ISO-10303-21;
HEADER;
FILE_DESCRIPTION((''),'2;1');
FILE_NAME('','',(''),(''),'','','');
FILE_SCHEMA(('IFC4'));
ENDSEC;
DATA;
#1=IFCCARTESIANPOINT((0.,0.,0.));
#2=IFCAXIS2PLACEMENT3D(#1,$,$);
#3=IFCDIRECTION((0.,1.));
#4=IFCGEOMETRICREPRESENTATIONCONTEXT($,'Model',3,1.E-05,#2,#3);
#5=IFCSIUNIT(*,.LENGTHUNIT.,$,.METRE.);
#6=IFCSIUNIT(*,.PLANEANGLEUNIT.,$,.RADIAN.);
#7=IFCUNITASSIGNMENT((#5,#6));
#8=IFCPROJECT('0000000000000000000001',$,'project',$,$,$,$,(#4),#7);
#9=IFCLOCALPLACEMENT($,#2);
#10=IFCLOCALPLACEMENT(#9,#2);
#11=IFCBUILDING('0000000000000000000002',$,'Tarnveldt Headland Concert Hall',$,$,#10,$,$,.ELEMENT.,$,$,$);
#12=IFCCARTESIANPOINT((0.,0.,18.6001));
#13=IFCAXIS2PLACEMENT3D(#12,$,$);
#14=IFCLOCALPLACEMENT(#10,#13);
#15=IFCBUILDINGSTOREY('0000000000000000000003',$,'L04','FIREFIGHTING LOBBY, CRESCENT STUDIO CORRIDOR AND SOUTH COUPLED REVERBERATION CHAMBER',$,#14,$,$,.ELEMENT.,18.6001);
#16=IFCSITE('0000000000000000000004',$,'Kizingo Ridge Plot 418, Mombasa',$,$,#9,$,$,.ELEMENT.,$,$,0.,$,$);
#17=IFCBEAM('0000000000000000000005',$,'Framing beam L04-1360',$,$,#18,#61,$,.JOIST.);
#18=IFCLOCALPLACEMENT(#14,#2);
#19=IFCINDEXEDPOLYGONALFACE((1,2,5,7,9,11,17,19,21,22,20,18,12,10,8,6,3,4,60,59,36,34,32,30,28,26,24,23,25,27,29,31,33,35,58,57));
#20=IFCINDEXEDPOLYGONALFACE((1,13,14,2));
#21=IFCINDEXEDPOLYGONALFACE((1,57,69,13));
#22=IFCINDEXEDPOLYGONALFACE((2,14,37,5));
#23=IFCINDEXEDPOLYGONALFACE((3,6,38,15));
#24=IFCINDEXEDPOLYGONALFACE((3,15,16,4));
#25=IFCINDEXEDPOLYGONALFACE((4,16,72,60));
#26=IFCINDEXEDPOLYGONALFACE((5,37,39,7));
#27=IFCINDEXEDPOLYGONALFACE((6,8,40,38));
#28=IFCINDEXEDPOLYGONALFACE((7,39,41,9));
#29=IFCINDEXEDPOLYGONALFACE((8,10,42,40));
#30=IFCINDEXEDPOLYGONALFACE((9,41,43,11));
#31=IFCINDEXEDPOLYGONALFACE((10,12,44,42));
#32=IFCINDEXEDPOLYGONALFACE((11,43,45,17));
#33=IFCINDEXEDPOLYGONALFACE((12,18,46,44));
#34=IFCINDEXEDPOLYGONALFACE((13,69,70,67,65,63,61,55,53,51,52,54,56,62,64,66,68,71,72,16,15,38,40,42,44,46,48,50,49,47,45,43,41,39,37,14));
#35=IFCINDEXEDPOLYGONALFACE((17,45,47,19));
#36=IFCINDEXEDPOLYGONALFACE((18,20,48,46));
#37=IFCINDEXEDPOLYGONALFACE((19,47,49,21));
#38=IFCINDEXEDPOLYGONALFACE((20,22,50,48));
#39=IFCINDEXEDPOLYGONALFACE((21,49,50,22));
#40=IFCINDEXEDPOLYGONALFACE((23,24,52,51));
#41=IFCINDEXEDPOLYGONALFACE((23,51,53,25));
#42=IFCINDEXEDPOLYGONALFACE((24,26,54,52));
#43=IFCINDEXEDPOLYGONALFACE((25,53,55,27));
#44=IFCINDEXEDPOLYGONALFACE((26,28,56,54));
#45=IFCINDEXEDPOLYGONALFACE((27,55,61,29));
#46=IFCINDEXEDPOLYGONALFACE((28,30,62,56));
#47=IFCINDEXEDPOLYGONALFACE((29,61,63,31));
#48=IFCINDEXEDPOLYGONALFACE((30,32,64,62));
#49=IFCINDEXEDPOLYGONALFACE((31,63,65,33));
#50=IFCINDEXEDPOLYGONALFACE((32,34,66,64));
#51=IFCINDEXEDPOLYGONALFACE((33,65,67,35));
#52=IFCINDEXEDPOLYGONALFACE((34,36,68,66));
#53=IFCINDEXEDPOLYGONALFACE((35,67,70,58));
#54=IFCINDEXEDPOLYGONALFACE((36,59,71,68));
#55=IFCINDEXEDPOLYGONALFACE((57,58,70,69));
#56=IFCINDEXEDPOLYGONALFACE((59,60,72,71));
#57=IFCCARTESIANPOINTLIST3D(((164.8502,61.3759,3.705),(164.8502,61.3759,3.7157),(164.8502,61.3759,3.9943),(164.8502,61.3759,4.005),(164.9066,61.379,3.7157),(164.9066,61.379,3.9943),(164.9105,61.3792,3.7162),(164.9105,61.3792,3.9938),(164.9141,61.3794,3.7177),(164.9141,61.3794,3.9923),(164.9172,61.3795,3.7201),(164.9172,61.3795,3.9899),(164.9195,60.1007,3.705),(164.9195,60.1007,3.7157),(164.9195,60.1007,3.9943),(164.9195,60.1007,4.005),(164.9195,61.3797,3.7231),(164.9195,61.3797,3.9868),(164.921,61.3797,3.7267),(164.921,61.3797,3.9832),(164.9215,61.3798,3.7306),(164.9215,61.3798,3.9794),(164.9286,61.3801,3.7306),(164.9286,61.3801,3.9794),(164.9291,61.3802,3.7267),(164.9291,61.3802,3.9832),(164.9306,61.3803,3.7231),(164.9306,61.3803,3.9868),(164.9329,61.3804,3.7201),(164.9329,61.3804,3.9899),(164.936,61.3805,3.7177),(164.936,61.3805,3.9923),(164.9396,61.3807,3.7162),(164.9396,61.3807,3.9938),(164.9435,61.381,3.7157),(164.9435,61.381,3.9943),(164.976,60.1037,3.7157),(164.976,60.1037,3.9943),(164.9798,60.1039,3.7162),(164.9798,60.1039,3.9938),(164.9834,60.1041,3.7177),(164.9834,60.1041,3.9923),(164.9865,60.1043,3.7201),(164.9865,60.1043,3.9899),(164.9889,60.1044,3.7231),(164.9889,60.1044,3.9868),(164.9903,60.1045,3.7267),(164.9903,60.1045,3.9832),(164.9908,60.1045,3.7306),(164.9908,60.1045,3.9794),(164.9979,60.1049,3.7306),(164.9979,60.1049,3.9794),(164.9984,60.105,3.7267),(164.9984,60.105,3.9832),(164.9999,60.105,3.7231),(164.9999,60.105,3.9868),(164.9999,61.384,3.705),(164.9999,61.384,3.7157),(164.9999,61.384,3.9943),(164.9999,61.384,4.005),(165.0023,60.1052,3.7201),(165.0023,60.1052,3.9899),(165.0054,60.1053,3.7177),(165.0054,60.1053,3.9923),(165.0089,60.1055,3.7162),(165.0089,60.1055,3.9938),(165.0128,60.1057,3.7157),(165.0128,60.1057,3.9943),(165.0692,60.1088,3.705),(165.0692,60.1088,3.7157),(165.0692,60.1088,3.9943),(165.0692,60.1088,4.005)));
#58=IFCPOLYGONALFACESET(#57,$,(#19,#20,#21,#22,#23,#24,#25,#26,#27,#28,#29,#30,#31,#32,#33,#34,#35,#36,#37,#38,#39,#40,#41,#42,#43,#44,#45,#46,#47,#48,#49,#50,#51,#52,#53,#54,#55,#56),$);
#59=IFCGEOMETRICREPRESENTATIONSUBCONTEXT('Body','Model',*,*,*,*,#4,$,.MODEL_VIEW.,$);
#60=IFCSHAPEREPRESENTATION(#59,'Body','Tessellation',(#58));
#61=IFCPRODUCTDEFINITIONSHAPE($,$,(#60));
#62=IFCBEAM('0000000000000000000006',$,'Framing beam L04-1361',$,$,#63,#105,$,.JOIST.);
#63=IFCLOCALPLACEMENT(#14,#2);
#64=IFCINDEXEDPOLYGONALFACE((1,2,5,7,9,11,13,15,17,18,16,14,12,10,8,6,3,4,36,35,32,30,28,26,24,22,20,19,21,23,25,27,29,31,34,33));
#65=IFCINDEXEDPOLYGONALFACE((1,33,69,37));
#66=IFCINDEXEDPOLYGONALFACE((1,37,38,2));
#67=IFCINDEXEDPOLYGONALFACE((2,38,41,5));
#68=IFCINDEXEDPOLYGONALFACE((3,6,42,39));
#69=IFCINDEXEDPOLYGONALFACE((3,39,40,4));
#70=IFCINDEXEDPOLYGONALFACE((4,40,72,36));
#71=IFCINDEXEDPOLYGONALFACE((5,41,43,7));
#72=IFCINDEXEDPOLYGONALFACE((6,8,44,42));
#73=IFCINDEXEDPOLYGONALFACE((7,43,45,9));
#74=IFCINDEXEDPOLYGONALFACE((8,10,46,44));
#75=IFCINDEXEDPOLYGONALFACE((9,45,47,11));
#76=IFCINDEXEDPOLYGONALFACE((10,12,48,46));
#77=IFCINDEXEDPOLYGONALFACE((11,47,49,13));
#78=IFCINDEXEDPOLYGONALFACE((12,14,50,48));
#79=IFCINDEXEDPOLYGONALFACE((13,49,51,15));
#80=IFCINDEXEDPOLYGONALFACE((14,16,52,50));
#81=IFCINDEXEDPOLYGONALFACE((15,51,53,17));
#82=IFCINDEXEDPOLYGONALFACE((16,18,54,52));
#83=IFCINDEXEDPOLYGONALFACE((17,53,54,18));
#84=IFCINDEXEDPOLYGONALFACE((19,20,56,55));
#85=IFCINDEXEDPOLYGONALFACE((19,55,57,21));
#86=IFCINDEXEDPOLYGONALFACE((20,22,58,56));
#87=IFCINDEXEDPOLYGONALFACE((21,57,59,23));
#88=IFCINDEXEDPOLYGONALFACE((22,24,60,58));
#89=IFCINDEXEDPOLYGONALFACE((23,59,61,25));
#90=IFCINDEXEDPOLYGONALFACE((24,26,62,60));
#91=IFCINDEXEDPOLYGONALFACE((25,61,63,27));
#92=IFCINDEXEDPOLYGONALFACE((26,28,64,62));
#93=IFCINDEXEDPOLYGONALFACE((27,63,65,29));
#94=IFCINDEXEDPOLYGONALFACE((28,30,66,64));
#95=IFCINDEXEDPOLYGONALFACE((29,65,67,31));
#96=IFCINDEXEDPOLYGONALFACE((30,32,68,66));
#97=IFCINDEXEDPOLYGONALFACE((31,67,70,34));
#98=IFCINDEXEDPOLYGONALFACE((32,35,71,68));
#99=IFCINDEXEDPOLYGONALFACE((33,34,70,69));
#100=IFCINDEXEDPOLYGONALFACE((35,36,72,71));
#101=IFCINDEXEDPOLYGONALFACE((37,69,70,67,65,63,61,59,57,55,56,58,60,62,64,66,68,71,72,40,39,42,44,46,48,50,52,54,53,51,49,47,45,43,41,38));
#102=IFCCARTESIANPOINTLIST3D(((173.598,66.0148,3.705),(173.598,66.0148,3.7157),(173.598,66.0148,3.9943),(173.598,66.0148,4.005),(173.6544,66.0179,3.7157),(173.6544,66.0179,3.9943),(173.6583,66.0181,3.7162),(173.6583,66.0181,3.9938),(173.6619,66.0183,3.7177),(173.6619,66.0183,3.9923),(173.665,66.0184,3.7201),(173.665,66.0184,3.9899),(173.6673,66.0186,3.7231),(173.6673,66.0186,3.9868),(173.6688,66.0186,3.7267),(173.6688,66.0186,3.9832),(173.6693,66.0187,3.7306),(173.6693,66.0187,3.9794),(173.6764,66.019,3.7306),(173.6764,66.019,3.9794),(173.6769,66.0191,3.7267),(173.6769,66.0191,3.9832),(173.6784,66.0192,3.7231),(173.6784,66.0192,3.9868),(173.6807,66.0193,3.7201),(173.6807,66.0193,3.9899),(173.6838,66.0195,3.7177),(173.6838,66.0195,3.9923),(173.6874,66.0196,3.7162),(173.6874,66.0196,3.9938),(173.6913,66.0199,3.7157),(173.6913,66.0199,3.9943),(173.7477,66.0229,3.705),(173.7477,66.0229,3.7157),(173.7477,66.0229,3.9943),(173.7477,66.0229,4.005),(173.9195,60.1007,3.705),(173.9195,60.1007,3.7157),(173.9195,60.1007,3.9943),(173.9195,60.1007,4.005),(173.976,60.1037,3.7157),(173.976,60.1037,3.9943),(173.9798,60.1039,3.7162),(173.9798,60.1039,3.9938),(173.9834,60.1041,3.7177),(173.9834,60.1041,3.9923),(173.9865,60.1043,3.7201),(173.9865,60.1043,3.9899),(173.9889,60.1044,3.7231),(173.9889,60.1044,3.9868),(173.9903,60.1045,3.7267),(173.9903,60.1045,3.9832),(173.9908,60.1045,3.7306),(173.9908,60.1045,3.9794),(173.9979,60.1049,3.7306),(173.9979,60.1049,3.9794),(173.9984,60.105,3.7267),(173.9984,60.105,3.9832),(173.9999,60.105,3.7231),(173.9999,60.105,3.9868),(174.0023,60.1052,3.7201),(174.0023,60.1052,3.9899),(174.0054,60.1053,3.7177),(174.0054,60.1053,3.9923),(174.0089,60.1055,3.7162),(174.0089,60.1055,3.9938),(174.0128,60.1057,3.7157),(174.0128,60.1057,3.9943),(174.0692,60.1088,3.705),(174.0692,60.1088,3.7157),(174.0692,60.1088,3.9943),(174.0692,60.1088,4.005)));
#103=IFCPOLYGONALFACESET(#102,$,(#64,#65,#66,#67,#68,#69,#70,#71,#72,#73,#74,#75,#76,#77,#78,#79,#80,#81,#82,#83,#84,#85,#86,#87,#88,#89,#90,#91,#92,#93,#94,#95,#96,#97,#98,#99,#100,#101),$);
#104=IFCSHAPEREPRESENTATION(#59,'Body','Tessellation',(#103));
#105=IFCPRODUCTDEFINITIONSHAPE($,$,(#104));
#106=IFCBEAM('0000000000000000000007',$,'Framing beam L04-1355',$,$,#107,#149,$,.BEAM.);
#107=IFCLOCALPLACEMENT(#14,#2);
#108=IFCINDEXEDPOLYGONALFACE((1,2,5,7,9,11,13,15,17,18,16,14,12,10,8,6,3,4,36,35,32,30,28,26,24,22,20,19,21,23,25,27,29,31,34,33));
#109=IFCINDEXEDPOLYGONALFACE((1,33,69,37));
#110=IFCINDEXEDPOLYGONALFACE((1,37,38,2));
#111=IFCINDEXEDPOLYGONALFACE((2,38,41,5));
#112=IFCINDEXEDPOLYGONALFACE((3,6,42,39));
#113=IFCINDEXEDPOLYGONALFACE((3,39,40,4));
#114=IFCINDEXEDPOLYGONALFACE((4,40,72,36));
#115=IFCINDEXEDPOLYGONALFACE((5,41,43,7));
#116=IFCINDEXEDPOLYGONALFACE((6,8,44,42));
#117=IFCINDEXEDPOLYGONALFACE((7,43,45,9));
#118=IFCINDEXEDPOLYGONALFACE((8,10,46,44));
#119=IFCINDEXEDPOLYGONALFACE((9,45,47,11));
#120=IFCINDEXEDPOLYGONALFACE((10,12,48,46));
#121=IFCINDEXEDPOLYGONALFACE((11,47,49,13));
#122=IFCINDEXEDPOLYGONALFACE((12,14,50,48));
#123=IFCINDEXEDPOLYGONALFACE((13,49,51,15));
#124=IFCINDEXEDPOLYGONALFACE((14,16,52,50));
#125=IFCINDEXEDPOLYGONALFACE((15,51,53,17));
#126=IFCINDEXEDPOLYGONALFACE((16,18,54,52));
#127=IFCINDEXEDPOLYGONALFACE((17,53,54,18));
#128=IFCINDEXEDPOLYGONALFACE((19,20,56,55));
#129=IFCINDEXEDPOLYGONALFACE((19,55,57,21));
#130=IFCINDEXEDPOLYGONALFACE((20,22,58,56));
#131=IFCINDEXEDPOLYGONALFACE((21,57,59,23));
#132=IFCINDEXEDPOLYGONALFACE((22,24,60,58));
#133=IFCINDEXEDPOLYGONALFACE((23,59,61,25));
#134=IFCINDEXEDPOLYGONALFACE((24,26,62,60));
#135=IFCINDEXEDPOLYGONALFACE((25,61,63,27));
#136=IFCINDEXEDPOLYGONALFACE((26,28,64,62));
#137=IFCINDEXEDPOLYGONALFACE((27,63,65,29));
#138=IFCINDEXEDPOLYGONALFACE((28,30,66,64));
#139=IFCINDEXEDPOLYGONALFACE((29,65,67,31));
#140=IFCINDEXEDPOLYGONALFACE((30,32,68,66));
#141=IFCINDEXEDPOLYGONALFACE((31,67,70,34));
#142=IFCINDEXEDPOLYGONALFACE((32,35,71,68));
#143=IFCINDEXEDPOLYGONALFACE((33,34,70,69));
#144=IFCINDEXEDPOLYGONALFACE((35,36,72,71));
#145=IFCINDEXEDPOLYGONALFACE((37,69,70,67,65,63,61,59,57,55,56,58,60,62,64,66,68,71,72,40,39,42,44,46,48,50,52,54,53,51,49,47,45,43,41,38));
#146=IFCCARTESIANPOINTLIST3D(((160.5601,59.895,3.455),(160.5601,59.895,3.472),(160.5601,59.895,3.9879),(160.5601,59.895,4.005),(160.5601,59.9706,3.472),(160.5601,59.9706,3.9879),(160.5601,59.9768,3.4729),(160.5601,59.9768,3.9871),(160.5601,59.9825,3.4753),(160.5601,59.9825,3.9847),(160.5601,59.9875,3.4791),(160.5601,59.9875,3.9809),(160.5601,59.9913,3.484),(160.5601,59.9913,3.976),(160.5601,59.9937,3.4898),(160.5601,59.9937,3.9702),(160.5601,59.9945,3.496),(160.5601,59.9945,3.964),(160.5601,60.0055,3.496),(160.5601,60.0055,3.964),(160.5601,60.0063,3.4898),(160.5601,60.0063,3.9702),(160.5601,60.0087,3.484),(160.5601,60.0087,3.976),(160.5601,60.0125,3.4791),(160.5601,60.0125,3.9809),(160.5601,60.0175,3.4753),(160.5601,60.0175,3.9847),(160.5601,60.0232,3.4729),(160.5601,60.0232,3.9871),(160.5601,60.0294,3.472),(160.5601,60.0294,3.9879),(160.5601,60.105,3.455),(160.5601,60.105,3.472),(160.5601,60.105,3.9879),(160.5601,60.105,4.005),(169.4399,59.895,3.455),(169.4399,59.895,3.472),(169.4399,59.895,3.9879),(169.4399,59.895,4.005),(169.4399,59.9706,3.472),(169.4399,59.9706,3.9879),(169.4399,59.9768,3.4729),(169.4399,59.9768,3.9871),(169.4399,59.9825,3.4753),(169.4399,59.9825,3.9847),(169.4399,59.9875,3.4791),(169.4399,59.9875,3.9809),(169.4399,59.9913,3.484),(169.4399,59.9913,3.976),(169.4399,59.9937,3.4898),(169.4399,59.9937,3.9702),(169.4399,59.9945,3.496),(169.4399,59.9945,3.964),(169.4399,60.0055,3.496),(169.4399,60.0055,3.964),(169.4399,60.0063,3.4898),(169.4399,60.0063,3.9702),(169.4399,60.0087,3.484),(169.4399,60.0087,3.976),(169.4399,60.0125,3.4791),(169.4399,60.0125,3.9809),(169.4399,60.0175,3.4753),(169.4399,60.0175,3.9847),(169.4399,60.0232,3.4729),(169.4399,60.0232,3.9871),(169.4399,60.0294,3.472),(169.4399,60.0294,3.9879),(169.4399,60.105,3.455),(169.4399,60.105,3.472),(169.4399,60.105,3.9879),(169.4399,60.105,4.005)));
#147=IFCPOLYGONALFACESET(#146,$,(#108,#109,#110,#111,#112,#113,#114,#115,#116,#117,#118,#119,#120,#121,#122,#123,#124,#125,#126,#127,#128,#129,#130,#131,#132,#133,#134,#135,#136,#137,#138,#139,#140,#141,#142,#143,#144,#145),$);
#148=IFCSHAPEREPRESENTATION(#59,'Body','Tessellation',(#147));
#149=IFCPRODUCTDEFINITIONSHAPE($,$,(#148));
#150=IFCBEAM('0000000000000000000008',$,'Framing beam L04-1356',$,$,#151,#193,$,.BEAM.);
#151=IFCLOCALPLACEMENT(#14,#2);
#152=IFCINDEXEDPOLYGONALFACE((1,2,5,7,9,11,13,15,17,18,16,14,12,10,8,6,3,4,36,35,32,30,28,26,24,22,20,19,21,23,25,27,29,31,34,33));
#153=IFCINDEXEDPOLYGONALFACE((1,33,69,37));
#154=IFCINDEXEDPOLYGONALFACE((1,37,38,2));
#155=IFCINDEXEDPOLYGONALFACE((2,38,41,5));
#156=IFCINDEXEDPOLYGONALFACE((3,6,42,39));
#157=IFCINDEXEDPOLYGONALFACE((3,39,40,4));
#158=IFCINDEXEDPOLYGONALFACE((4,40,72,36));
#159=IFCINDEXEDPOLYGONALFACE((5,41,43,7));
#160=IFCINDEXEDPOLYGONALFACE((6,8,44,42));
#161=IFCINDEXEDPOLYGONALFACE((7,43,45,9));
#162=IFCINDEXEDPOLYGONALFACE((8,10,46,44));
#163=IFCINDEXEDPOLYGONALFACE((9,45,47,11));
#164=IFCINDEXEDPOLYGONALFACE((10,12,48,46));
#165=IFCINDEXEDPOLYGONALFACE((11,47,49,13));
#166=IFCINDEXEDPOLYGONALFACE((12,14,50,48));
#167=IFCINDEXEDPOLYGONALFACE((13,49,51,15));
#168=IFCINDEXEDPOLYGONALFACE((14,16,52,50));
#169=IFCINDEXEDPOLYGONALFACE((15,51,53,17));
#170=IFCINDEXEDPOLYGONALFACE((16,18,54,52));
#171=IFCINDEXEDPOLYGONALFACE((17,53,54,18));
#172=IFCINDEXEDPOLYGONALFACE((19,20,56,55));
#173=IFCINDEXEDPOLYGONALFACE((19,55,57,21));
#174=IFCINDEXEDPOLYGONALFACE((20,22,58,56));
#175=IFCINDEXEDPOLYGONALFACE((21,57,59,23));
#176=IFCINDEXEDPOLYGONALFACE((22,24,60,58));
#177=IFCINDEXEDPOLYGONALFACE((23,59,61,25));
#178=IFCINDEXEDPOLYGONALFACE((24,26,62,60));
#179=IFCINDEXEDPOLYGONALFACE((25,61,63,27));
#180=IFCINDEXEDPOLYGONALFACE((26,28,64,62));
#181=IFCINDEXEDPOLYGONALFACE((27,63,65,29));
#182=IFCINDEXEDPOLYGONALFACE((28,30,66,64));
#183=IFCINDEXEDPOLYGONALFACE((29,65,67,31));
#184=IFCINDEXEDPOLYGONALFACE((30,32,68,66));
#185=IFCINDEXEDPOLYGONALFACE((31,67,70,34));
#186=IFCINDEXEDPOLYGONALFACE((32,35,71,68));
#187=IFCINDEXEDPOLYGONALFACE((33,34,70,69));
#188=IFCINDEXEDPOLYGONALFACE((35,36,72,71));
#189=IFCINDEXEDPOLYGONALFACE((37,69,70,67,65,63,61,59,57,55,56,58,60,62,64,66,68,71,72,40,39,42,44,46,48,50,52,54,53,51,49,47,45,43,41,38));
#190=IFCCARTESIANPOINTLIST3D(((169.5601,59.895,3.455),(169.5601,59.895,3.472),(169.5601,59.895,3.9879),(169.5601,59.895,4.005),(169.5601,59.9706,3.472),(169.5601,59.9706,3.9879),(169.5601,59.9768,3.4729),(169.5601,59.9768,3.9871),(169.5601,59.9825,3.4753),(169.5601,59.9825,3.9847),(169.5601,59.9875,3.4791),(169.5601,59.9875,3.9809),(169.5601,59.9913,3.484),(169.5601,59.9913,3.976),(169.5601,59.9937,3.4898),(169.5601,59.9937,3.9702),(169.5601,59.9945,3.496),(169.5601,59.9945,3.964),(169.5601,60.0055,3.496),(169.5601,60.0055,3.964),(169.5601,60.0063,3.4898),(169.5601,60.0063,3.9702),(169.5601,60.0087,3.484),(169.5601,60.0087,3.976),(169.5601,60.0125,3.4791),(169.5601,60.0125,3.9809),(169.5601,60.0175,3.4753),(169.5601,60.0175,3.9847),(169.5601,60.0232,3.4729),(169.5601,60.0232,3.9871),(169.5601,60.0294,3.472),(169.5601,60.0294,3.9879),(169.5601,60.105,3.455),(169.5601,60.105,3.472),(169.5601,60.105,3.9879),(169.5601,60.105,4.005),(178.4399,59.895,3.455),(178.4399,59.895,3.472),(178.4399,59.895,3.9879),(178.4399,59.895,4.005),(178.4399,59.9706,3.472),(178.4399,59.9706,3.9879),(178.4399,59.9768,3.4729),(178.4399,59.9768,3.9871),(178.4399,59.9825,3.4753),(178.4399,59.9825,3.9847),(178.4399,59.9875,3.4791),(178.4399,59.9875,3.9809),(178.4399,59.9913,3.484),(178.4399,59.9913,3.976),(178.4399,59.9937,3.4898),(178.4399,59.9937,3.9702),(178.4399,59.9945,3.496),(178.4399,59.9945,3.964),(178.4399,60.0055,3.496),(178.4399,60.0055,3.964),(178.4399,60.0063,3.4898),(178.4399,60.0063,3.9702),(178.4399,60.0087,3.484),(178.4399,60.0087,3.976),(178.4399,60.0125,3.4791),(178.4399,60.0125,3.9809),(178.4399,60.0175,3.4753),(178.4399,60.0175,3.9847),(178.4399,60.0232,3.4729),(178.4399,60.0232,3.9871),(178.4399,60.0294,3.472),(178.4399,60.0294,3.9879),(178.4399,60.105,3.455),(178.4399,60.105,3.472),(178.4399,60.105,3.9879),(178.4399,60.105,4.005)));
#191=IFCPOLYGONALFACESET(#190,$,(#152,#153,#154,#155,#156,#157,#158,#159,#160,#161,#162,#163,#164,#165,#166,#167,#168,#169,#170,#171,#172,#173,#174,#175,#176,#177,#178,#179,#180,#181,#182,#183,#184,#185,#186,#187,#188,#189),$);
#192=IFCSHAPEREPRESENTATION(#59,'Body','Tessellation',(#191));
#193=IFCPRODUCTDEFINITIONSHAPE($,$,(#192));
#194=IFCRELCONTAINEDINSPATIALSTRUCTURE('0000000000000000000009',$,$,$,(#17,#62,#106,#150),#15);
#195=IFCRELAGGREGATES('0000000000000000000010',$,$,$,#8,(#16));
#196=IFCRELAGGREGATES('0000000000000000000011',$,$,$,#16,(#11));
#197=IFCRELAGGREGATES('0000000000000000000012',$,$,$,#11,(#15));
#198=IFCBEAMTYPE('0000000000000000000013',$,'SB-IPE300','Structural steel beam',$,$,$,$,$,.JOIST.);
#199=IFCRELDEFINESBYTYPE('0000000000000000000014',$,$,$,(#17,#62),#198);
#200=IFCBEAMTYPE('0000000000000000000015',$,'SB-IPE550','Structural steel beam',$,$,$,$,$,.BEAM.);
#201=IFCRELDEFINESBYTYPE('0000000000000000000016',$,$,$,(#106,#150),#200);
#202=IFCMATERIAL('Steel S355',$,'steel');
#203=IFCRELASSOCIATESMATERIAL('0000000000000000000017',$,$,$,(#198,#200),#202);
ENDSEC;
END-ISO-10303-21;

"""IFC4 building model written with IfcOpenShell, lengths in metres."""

from ifc_helpers import new_model, si_unit, direction, frame, origin, origin_2d, place, context, subcontext, project, spatial, i_section, extrude, material, material_profile, profile_set, type_object, element, save


model = new_model("IFC4")

# Units and contexts
model_context = context("Model", 3, precision=1e-05, world=origin(), true_north=direction((0.0, 1.0)))
body_context = subcontext(model_context, "Body", "Model", "MODEL_VIEW")
ifc_project = project(units=[si_unit("LENGTHUNIT", "METRE"), si_unit("PLANEANGLEUNIT", "RADIAN")], contexts=[model_context])

# Site, building, storey
site_placement = place(None, origin())
site = spatial("IfcSite", under=ifc_project, at=site_placement, Name="Kizingo Ridge Plot 418, Mombasa", CompositionType="ELEMENT", RefElevation=0.0)
building_placement = place(site_placement, origin())
building = spatial("IfcBuilding", under=site, at=building_placement, Name="Tarnveldt Headland Concert Hall", CompositionType="ELEMENT")
storey_placement = place(building_placement, frame((0.0, 0.0, 18.6001)))
storey = spatial("IfcBuildingStorey", under=building, at=storey_placement, Name="L04", Description="FIREFIGHTING LOBBY, CRESCENT STUDIO CORRIDOR AND SOUTH COUPLED REVERBERATION CHAMBER", CompositionType="ELEMENT", Elevation=18.6001)

# Shared definitions
ifc_material_1 = material(Name="Steel S355", Category="steel")

# Beams
ifc_material_profile_1 = material_profile(ifc_material_1, i_section(OverallWidth=0.1499, OverallDepth=0.3, WebThickness=0.0071, FlangeThickness=0.0107, FilletRadius=0.0149, at=origin_2d()), Name="IPE300", Category="steel")
ifc_profile_set_1 = profile_set([ifc_material_profile_1], Name="Steel S355")
beam_type_1 = type_object("IfcBeamType", Name="SB-IPE300", Description="Structural steel beam", PredefinedType="JOIST", material=ifc_profile_set_1)
beam_1_placement = place(storey_placement, frame((164.9944, 60.1047, 3.855), z_axis=(-0.054295, 0.998525, 0.0), x_axis=(-0.998525, -0.054295, 0.0)))
element("IfcBeam", 1, at=beam_1_placement, inside=storey, type_object=beam_type_1, Name="Framing beam L04-1360", PredefinedType="JOIST", context=body_context, shape_type="SweptSolid", body=[
    extrude(i_section(OverallWidth=0.1499, OverallDepth=0.3, WebThickness=0.0071, FlangeThickness=0.0107, FilletRadius=0.0149, at=origin_2d()), origin(), (0.0, 0.0, 1.0), 1.2771),
])
beam_2_placement = place(storey_placement, frame((173.9944, 60.1047, 3.855), z_axis=(-0.054287, 0.998525, 0.0), x_axis=(-0.998525, -0.054287, 0.0)))
element("IfcBeam", 2, at=beam_2_placement, inside=storey, type_object=beam_type_1, Name="Framing beam L04-1361", PredefinedType="JOIST", context=body_context, shape_type="SweptSolid", body=[
    extrude(i_section(OverallWidth=0.1499, OverallDepth=0.3, WebThickness=0.0071, FlangeThickness=0.0107, FilletRadius=0.0149, at=origin_2d()), origin(), (0.0, 0.0, 1.0), 5.9229),
])
ifc_material_profile_2 = material_profile(ifc_material_1, i_section(OverallWidth=0.21, OverallDepth=0.55, WebThickness=0.011, FlangeThickness=0.0171, FilletRadius=0.0239, at=origin_2d()), Name="IPE550", Category="steel")
ifc_profile_set_2 = profile_set([ifc_material_profile_2], Name="Steel S355")
beam_type_2 = type_object("IfcBeamType", Name="SB-IPE550", Description="Structural steel beam", PredefinedType="BEAM", material=ifc_profile_set_2)
for number, where, z_axis, x_axis, name in (
    (3, (160.5601, 60.0, 3.73), (1.0, 0.0, 0.0), (0.0, 1.0, 0.0), "Framing beam L04-1355"),
    (4, (169.5601, 60.0, 3.73), (1.0, 0.0, 0.0), (0.0, 1.0, 0.0), "Framing beam L04-1356"),
):
    element("IfcBeam", number, at=place(storey_placement, frame(where, z_axis=z_axis, x_axis=x_axis)), inside=storey, type_object=beam_type_2, Name=name, PredefinedType="BEAM", context=body_context, shape_type="SweptSolid", body=[
        extrude(i_section(OverallWidth=0.21, OverallDepth=0.55, WebThickness=0.011, FlangeThickness=0.0171, FilletRadius=0.0239, at=origin_2d()), origin(), (0.0, 0.0, 1.0), 8.8799),
    ])

save(model, "model.ifc")
